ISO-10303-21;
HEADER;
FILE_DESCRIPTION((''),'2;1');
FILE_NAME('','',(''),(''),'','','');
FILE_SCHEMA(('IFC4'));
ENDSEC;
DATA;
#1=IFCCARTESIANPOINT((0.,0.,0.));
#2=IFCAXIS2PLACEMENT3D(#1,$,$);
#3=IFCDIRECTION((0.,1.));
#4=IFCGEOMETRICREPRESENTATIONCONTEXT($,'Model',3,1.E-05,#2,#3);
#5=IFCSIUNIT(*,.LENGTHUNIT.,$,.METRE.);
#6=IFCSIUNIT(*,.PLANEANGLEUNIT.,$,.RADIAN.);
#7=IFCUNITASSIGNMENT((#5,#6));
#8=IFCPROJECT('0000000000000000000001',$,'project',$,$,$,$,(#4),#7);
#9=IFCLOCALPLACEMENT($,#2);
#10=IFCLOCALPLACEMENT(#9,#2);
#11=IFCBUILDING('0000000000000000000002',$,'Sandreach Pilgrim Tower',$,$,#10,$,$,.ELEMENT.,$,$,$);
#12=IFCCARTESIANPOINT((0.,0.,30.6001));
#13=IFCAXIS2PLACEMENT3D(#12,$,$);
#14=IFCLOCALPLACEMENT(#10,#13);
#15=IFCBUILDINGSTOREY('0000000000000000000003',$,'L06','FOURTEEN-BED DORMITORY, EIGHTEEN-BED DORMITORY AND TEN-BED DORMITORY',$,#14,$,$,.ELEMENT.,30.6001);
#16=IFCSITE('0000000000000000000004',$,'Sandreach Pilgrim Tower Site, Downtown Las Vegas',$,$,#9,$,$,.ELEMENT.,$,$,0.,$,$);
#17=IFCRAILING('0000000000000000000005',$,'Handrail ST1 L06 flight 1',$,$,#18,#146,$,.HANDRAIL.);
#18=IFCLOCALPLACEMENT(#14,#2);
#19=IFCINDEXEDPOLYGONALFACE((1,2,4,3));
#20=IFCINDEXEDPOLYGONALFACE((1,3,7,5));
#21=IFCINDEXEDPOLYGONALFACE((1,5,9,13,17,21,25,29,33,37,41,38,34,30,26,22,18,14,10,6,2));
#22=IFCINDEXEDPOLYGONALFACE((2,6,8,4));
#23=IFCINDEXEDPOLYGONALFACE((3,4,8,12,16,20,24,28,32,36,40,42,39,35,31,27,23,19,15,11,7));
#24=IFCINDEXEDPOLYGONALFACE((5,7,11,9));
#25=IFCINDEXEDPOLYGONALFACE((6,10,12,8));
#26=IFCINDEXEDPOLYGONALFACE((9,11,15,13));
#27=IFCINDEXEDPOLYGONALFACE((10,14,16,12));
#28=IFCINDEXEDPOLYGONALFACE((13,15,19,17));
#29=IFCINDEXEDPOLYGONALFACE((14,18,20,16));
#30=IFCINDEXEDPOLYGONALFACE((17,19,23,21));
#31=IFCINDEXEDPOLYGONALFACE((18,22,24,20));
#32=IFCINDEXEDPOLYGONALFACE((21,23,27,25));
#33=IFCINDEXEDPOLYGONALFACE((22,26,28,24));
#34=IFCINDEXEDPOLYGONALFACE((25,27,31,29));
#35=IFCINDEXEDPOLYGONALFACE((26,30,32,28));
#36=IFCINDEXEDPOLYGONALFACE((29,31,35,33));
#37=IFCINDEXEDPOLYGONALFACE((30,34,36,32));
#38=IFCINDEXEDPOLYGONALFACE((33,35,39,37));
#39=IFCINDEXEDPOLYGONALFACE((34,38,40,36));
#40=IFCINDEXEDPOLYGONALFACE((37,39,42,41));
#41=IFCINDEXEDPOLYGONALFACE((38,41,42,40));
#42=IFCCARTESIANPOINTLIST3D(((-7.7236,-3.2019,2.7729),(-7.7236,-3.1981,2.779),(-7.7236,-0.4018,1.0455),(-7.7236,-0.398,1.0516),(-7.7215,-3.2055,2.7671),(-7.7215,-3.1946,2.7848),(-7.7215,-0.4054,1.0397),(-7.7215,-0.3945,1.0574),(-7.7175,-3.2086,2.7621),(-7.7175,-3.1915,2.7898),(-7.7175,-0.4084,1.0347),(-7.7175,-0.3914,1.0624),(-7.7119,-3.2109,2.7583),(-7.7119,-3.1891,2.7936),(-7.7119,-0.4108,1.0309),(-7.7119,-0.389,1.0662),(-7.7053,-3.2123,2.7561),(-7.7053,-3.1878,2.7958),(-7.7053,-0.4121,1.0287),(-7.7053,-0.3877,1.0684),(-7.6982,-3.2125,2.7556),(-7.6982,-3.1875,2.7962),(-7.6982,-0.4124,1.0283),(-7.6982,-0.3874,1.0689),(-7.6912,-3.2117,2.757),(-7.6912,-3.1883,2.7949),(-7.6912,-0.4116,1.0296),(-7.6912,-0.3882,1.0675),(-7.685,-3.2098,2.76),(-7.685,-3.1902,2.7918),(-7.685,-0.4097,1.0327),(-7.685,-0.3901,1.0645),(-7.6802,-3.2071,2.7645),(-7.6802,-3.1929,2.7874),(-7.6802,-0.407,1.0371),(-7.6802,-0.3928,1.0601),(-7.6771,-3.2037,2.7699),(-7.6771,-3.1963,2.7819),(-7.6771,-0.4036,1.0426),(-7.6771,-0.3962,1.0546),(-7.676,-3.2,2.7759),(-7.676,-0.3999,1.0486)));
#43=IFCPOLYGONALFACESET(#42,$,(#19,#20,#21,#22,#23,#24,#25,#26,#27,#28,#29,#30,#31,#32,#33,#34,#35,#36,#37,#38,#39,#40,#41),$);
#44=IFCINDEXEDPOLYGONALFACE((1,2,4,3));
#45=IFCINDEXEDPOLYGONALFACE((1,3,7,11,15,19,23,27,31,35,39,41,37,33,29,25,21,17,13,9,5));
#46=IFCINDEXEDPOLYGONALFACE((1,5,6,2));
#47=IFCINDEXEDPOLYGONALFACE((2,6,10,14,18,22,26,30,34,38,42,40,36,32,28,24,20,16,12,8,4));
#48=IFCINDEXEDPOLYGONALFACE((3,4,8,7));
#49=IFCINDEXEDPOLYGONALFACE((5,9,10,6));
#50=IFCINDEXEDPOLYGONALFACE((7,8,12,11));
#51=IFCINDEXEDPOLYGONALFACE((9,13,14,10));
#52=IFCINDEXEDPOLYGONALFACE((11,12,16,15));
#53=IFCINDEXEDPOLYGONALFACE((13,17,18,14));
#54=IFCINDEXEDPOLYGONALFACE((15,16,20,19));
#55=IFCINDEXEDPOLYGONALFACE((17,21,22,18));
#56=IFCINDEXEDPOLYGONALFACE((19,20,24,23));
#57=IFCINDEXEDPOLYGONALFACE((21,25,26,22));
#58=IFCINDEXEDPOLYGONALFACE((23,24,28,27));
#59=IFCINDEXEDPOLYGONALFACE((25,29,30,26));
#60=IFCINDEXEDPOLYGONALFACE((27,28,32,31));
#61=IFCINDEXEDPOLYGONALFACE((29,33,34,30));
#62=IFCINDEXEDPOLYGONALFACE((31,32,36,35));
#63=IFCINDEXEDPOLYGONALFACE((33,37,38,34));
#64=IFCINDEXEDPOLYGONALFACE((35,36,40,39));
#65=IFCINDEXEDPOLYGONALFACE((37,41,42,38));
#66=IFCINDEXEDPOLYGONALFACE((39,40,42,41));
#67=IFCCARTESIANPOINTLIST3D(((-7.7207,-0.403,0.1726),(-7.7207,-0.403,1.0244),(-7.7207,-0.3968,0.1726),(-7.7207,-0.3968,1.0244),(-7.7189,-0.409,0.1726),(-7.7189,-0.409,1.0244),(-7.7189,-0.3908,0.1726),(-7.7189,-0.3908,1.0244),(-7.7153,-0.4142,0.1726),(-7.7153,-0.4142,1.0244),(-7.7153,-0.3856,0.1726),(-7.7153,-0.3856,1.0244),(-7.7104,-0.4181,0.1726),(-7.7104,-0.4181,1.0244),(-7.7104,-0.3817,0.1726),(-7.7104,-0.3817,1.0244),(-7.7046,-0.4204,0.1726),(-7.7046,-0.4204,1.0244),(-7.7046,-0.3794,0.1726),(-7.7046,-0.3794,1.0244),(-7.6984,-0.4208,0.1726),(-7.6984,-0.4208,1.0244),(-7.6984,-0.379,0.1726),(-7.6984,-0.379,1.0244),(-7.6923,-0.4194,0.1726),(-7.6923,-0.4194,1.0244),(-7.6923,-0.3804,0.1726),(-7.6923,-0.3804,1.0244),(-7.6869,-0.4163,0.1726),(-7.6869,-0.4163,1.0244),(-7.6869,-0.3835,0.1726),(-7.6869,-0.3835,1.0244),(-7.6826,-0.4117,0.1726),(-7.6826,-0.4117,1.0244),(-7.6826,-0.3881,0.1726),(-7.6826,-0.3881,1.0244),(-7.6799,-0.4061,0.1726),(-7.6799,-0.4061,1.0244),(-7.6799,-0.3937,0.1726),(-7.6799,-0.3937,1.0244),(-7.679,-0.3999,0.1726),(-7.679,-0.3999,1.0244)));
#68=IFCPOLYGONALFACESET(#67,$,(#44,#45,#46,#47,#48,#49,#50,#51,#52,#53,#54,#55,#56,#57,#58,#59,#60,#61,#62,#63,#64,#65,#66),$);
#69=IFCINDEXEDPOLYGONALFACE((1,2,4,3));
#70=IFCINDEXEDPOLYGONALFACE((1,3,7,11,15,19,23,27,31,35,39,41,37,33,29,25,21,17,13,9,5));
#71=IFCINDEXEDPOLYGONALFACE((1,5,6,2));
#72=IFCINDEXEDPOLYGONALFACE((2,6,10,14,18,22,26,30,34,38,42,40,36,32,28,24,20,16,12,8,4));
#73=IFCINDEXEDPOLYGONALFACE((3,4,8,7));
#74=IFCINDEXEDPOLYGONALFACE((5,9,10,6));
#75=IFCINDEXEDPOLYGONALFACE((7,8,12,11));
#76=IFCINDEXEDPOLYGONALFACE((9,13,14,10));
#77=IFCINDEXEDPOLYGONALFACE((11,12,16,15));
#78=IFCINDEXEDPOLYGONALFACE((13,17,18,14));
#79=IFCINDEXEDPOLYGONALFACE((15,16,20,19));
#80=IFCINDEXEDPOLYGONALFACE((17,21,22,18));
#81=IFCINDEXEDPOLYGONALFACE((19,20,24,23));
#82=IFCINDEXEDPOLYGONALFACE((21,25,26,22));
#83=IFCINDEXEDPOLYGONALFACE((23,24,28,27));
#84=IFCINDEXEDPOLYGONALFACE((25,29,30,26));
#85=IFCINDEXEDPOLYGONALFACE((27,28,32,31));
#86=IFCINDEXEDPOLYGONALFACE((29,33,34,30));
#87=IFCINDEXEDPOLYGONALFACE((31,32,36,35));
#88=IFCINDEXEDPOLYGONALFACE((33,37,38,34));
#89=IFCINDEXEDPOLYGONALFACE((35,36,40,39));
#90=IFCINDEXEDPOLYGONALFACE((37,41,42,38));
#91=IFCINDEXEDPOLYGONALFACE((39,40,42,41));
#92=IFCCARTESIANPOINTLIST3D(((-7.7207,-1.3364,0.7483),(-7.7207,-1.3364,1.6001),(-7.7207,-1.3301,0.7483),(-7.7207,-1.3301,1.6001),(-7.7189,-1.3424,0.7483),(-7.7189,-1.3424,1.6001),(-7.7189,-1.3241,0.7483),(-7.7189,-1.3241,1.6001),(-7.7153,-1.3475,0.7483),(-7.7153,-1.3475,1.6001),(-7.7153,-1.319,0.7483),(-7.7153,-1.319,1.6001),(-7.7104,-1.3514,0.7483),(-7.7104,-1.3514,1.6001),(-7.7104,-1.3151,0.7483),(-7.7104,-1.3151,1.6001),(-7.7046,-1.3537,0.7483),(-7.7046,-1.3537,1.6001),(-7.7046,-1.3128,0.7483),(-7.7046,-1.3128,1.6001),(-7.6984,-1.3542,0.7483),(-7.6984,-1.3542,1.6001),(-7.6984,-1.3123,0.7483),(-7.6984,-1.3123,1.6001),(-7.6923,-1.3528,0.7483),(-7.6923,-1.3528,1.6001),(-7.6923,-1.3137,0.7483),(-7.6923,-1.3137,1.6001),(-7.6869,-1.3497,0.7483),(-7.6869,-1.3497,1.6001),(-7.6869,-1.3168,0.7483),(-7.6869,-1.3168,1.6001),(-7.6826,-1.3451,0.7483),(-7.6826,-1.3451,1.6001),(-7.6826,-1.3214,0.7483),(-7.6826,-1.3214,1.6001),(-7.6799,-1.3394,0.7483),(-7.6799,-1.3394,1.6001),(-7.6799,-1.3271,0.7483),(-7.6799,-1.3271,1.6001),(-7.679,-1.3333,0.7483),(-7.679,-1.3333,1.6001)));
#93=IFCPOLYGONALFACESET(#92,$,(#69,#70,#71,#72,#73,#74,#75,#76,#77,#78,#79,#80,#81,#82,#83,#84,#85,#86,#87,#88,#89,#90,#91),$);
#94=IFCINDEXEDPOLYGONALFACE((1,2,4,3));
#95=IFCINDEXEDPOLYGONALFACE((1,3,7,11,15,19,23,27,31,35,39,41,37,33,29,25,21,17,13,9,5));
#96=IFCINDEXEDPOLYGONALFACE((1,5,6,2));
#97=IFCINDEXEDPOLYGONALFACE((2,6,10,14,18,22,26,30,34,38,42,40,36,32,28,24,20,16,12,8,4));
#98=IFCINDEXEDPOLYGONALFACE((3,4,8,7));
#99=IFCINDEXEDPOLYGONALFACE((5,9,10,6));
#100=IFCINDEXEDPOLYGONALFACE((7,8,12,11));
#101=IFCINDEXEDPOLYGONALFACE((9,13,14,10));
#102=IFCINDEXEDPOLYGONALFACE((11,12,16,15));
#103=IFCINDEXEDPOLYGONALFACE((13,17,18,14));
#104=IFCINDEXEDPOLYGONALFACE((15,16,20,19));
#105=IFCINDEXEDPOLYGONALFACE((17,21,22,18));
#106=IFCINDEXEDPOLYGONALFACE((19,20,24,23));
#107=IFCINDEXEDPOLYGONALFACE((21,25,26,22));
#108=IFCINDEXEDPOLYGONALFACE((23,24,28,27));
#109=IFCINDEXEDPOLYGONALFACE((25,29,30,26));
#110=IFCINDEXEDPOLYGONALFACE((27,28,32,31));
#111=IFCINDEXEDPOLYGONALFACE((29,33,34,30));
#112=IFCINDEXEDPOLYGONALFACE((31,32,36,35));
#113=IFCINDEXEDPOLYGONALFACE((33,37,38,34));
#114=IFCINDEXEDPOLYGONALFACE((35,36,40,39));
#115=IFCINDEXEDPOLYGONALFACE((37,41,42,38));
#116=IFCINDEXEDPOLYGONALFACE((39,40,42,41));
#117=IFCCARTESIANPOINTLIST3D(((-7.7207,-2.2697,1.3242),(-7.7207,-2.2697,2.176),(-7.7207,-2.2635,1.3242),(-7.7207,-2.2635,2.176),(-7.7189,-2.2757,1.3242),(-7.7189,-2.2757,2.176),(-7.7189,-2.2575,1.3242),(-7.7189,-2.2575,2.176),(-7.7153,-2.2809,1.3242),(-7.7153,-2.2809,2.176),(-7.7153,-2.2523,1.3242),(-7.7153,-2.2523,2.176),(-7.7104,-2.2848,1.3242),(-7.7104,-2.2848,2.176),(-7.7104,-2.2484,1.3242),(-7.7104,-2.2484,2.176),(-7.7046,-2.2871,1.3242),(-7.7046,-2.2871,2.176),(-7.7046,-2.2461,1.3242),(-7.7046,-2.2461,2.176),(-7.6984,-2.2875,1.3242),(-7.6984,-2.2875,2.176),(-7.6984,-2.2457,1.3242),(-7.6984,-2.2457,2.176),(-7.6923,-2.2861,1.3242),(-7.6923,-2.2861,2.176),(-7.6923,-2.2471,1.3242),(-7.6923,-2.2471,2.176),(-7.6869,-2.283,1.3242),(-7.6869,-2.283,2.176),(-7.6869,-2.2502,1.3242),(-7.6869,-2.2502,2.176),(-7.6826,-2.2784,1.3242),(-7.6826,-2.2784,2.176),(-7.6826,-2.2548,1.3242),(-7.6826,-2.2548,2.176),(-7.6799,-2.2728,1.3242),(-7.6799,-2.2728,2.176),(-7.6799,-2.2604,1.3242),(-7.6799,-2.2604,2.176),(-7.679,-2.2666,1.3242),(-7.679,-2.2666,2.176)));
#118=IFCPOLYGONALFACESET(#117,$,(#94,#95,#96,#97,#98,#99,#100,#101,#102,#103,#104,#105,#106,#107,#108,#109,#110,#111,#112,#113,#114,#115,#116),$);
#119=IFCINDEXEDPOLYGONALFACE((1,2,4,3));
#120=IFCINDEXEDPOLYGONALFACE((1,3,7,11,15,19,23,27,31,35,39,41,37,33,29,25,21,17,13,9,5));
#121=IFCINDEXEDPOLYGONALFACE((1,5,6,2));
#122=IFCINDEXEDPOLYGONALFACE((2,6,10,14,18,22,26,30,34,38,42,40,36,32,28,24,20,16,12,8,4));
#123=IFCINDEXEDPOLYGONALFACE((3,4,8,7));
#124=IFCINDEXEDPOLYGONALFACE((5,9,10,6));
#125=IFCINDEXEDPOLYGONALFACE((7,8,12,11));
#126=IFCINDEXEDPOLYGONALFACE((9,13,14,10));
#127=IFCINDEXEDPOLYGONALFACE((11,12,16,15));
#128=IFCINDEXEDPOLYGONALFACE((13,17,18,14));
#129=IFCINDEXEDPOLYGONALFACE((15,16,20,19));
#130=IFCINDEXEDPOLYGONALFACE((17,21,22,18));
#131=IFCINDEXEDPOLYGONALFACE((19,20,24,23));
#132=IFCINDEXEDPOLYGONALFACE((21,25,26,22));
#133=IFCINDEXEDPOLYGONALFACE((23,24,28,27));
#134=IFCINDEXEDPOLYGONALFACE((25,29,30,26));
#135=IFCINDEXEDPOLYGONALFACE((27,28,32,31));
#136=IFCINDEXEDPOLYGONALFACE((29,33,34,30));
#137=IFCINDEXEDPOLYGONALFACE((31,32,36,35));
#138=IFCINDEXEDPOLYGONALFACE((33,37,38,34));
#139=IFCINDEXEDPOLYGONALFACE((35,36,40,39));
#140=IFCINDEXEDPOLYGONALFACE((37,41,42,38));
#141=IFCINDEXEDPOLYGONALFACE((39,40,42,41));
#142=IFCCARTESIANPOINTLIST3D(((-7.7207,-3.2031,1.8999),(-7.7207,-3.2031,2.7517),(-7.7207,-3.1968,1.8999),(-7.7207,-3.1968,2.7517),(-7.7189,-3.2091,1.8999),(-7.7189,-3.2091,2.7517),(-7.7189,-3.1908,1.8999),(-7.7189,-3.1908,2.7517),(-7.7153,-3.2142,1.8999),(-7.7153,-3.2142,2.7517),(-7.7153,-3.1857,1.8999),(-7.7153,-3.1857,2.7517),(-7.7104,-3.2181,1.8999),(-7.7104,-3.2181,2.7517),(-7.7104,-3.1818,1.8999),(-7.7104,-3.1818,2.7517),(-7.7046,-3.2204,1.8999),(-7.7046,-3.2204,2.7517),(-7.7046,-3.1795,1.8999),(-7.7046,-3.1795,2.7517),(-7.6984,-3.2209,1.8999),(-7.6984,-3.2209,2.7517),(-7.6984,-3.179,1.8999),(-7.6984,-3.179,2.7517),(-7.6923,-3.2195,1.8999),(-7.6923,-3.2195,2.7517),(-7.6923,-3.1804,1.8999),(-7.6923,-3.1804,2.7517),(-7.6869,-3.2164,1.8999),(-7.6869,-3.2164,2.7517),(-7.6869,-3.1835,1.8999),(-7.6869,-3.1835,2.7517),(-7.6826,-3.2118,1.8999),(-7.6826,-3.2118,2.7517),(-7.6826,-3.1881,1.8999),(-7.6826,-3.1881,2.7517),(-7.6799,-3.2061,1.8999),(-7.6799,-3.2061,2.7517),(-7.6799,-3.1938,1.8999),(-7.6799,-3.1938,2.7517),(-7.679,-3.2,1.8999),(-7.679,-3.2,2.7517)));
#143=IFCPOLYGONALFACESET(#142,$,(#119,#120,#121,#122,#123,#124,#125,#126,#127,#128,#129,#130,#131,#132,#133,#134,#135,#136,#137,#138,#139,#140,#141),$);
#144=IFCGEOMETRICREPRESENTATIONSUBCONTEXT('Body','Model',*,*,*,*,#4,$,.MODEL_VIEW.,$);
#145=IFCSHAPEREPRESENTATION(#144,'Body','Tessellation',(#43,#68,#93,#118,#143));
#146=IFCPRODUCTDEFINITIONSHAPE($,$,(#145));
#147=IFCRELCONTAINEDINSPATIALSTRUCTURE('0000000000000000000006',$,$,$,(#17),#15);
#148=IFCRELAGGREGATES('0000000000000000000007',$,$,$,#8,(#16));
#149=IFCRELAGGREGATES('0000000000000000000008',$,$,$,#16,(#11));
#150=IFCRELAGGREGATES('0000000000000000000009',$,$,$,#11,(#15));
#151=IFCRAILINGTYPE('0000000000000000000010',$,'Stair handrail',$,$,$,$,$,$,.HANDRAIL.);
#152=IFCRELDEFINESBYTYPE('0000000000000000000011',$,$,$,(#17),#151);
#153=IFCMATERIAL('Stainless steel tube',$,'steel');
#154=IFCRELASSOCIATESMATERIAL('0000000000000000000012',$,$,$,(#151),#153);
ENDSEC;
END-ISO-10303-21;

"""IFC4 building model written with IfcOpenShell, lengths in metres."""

from ifc_helpers import new_model, si_unit, direction, frame, origin, origin_2d, place, context, subcontext, project, spatial, circle, extrude, material, type_object, element, save


model = new_model("IFC4")

# Units and contexts
model_context = context("Model", 3, precision=1e-05, world=origin(), true_north=direction((0.0, 1.0)))
body_context = subcontext(model_context, "Body", "Model", "MODEL_VIEW")
ifc_project = project(units=[si_unit("LENGTHUNIT", "METRE"), si_unit("PLANEANGLEUNIT", "RADIAN")], contexts=[model_context])

# Site, building, storey
site_placement = place(None, origin())
site = spatial("IfcSite", under=ifc_project, at=site_placement, Name="Sandreach Pilgrim Tower Site, Downtown Las Vegas", CompositionType="ELEMENT", RefElevation=0.0)
building_placement = place(site_placement, origin())
building = spatial("IfcBuilding", under=site, at=building_placement, Name="Sandreach Pilgrim Tower", CompositionType="ELEMENT")
storey_placement = place(building_placement, frame((0.0, 0.0, 30.6001)))
storey = spatial("IfcBuildingStorey", under=building, at=storey_placement, Name="L06", Description="FOURTEEN-BED DORMITORY, EIGHTEEN-BED DORMITORY AND TEN-BED DORMITORY", CompositionType="ELEMENT", Elevation=30.6001)

# Railing
ifc_material_1 = material(Name="Stainless steel tube", Category="steel")
railing_type = type_object("IfcRailingType", Name="Stair handrail", PredefinedType="HANDRAIL", material=ifc_material_1)
for number, where, name in (
    (1, (-7.7, -0.3999, 0.1726), "Handrail ST1 L06 flight 1"),
):
    element("IfcRailing", number, at=place(storey_placement, frame(where)), inside=storey, type_object=railing_type, Name=name, PredefinedType="HANDRAIL", context=body_context, shape_type="SweptSolid", body=[
        extrude(circle(Radius=0.0239, at=origin_2d()), frame((0.0, 0.0, 0.876), z_axis=(0.0, -0.85109, 0.52502), x_axis=(1.0, 0.0, 0.0)), (0.0, 0.0, 1.0), 3.29),
        extrude(circle(Radius=0.021, at=origin_2d()), origin(), (0.0, 0.0, 1.0), 0.8518),
        extrude(circle(Radius=0.021, at=origin_2d()), frame((0.0, -0.9333, 0.5757)), (0.0, 0.0, 1.0), 0.8518),
        extrude(circle(Radius=0.021, at=origin_2d()), frame((0.0, -1.8667, 1.1516)), (0.0, 0.0, 1.0), 0.8518),
        extrude(circle(Radius=0.021, at=origin_2d()), frame((0.0, -2.8, 1.7273)), (0.0, 0.0, 1.0), 0.8518),
    ])

save(model, "model.ifc")
